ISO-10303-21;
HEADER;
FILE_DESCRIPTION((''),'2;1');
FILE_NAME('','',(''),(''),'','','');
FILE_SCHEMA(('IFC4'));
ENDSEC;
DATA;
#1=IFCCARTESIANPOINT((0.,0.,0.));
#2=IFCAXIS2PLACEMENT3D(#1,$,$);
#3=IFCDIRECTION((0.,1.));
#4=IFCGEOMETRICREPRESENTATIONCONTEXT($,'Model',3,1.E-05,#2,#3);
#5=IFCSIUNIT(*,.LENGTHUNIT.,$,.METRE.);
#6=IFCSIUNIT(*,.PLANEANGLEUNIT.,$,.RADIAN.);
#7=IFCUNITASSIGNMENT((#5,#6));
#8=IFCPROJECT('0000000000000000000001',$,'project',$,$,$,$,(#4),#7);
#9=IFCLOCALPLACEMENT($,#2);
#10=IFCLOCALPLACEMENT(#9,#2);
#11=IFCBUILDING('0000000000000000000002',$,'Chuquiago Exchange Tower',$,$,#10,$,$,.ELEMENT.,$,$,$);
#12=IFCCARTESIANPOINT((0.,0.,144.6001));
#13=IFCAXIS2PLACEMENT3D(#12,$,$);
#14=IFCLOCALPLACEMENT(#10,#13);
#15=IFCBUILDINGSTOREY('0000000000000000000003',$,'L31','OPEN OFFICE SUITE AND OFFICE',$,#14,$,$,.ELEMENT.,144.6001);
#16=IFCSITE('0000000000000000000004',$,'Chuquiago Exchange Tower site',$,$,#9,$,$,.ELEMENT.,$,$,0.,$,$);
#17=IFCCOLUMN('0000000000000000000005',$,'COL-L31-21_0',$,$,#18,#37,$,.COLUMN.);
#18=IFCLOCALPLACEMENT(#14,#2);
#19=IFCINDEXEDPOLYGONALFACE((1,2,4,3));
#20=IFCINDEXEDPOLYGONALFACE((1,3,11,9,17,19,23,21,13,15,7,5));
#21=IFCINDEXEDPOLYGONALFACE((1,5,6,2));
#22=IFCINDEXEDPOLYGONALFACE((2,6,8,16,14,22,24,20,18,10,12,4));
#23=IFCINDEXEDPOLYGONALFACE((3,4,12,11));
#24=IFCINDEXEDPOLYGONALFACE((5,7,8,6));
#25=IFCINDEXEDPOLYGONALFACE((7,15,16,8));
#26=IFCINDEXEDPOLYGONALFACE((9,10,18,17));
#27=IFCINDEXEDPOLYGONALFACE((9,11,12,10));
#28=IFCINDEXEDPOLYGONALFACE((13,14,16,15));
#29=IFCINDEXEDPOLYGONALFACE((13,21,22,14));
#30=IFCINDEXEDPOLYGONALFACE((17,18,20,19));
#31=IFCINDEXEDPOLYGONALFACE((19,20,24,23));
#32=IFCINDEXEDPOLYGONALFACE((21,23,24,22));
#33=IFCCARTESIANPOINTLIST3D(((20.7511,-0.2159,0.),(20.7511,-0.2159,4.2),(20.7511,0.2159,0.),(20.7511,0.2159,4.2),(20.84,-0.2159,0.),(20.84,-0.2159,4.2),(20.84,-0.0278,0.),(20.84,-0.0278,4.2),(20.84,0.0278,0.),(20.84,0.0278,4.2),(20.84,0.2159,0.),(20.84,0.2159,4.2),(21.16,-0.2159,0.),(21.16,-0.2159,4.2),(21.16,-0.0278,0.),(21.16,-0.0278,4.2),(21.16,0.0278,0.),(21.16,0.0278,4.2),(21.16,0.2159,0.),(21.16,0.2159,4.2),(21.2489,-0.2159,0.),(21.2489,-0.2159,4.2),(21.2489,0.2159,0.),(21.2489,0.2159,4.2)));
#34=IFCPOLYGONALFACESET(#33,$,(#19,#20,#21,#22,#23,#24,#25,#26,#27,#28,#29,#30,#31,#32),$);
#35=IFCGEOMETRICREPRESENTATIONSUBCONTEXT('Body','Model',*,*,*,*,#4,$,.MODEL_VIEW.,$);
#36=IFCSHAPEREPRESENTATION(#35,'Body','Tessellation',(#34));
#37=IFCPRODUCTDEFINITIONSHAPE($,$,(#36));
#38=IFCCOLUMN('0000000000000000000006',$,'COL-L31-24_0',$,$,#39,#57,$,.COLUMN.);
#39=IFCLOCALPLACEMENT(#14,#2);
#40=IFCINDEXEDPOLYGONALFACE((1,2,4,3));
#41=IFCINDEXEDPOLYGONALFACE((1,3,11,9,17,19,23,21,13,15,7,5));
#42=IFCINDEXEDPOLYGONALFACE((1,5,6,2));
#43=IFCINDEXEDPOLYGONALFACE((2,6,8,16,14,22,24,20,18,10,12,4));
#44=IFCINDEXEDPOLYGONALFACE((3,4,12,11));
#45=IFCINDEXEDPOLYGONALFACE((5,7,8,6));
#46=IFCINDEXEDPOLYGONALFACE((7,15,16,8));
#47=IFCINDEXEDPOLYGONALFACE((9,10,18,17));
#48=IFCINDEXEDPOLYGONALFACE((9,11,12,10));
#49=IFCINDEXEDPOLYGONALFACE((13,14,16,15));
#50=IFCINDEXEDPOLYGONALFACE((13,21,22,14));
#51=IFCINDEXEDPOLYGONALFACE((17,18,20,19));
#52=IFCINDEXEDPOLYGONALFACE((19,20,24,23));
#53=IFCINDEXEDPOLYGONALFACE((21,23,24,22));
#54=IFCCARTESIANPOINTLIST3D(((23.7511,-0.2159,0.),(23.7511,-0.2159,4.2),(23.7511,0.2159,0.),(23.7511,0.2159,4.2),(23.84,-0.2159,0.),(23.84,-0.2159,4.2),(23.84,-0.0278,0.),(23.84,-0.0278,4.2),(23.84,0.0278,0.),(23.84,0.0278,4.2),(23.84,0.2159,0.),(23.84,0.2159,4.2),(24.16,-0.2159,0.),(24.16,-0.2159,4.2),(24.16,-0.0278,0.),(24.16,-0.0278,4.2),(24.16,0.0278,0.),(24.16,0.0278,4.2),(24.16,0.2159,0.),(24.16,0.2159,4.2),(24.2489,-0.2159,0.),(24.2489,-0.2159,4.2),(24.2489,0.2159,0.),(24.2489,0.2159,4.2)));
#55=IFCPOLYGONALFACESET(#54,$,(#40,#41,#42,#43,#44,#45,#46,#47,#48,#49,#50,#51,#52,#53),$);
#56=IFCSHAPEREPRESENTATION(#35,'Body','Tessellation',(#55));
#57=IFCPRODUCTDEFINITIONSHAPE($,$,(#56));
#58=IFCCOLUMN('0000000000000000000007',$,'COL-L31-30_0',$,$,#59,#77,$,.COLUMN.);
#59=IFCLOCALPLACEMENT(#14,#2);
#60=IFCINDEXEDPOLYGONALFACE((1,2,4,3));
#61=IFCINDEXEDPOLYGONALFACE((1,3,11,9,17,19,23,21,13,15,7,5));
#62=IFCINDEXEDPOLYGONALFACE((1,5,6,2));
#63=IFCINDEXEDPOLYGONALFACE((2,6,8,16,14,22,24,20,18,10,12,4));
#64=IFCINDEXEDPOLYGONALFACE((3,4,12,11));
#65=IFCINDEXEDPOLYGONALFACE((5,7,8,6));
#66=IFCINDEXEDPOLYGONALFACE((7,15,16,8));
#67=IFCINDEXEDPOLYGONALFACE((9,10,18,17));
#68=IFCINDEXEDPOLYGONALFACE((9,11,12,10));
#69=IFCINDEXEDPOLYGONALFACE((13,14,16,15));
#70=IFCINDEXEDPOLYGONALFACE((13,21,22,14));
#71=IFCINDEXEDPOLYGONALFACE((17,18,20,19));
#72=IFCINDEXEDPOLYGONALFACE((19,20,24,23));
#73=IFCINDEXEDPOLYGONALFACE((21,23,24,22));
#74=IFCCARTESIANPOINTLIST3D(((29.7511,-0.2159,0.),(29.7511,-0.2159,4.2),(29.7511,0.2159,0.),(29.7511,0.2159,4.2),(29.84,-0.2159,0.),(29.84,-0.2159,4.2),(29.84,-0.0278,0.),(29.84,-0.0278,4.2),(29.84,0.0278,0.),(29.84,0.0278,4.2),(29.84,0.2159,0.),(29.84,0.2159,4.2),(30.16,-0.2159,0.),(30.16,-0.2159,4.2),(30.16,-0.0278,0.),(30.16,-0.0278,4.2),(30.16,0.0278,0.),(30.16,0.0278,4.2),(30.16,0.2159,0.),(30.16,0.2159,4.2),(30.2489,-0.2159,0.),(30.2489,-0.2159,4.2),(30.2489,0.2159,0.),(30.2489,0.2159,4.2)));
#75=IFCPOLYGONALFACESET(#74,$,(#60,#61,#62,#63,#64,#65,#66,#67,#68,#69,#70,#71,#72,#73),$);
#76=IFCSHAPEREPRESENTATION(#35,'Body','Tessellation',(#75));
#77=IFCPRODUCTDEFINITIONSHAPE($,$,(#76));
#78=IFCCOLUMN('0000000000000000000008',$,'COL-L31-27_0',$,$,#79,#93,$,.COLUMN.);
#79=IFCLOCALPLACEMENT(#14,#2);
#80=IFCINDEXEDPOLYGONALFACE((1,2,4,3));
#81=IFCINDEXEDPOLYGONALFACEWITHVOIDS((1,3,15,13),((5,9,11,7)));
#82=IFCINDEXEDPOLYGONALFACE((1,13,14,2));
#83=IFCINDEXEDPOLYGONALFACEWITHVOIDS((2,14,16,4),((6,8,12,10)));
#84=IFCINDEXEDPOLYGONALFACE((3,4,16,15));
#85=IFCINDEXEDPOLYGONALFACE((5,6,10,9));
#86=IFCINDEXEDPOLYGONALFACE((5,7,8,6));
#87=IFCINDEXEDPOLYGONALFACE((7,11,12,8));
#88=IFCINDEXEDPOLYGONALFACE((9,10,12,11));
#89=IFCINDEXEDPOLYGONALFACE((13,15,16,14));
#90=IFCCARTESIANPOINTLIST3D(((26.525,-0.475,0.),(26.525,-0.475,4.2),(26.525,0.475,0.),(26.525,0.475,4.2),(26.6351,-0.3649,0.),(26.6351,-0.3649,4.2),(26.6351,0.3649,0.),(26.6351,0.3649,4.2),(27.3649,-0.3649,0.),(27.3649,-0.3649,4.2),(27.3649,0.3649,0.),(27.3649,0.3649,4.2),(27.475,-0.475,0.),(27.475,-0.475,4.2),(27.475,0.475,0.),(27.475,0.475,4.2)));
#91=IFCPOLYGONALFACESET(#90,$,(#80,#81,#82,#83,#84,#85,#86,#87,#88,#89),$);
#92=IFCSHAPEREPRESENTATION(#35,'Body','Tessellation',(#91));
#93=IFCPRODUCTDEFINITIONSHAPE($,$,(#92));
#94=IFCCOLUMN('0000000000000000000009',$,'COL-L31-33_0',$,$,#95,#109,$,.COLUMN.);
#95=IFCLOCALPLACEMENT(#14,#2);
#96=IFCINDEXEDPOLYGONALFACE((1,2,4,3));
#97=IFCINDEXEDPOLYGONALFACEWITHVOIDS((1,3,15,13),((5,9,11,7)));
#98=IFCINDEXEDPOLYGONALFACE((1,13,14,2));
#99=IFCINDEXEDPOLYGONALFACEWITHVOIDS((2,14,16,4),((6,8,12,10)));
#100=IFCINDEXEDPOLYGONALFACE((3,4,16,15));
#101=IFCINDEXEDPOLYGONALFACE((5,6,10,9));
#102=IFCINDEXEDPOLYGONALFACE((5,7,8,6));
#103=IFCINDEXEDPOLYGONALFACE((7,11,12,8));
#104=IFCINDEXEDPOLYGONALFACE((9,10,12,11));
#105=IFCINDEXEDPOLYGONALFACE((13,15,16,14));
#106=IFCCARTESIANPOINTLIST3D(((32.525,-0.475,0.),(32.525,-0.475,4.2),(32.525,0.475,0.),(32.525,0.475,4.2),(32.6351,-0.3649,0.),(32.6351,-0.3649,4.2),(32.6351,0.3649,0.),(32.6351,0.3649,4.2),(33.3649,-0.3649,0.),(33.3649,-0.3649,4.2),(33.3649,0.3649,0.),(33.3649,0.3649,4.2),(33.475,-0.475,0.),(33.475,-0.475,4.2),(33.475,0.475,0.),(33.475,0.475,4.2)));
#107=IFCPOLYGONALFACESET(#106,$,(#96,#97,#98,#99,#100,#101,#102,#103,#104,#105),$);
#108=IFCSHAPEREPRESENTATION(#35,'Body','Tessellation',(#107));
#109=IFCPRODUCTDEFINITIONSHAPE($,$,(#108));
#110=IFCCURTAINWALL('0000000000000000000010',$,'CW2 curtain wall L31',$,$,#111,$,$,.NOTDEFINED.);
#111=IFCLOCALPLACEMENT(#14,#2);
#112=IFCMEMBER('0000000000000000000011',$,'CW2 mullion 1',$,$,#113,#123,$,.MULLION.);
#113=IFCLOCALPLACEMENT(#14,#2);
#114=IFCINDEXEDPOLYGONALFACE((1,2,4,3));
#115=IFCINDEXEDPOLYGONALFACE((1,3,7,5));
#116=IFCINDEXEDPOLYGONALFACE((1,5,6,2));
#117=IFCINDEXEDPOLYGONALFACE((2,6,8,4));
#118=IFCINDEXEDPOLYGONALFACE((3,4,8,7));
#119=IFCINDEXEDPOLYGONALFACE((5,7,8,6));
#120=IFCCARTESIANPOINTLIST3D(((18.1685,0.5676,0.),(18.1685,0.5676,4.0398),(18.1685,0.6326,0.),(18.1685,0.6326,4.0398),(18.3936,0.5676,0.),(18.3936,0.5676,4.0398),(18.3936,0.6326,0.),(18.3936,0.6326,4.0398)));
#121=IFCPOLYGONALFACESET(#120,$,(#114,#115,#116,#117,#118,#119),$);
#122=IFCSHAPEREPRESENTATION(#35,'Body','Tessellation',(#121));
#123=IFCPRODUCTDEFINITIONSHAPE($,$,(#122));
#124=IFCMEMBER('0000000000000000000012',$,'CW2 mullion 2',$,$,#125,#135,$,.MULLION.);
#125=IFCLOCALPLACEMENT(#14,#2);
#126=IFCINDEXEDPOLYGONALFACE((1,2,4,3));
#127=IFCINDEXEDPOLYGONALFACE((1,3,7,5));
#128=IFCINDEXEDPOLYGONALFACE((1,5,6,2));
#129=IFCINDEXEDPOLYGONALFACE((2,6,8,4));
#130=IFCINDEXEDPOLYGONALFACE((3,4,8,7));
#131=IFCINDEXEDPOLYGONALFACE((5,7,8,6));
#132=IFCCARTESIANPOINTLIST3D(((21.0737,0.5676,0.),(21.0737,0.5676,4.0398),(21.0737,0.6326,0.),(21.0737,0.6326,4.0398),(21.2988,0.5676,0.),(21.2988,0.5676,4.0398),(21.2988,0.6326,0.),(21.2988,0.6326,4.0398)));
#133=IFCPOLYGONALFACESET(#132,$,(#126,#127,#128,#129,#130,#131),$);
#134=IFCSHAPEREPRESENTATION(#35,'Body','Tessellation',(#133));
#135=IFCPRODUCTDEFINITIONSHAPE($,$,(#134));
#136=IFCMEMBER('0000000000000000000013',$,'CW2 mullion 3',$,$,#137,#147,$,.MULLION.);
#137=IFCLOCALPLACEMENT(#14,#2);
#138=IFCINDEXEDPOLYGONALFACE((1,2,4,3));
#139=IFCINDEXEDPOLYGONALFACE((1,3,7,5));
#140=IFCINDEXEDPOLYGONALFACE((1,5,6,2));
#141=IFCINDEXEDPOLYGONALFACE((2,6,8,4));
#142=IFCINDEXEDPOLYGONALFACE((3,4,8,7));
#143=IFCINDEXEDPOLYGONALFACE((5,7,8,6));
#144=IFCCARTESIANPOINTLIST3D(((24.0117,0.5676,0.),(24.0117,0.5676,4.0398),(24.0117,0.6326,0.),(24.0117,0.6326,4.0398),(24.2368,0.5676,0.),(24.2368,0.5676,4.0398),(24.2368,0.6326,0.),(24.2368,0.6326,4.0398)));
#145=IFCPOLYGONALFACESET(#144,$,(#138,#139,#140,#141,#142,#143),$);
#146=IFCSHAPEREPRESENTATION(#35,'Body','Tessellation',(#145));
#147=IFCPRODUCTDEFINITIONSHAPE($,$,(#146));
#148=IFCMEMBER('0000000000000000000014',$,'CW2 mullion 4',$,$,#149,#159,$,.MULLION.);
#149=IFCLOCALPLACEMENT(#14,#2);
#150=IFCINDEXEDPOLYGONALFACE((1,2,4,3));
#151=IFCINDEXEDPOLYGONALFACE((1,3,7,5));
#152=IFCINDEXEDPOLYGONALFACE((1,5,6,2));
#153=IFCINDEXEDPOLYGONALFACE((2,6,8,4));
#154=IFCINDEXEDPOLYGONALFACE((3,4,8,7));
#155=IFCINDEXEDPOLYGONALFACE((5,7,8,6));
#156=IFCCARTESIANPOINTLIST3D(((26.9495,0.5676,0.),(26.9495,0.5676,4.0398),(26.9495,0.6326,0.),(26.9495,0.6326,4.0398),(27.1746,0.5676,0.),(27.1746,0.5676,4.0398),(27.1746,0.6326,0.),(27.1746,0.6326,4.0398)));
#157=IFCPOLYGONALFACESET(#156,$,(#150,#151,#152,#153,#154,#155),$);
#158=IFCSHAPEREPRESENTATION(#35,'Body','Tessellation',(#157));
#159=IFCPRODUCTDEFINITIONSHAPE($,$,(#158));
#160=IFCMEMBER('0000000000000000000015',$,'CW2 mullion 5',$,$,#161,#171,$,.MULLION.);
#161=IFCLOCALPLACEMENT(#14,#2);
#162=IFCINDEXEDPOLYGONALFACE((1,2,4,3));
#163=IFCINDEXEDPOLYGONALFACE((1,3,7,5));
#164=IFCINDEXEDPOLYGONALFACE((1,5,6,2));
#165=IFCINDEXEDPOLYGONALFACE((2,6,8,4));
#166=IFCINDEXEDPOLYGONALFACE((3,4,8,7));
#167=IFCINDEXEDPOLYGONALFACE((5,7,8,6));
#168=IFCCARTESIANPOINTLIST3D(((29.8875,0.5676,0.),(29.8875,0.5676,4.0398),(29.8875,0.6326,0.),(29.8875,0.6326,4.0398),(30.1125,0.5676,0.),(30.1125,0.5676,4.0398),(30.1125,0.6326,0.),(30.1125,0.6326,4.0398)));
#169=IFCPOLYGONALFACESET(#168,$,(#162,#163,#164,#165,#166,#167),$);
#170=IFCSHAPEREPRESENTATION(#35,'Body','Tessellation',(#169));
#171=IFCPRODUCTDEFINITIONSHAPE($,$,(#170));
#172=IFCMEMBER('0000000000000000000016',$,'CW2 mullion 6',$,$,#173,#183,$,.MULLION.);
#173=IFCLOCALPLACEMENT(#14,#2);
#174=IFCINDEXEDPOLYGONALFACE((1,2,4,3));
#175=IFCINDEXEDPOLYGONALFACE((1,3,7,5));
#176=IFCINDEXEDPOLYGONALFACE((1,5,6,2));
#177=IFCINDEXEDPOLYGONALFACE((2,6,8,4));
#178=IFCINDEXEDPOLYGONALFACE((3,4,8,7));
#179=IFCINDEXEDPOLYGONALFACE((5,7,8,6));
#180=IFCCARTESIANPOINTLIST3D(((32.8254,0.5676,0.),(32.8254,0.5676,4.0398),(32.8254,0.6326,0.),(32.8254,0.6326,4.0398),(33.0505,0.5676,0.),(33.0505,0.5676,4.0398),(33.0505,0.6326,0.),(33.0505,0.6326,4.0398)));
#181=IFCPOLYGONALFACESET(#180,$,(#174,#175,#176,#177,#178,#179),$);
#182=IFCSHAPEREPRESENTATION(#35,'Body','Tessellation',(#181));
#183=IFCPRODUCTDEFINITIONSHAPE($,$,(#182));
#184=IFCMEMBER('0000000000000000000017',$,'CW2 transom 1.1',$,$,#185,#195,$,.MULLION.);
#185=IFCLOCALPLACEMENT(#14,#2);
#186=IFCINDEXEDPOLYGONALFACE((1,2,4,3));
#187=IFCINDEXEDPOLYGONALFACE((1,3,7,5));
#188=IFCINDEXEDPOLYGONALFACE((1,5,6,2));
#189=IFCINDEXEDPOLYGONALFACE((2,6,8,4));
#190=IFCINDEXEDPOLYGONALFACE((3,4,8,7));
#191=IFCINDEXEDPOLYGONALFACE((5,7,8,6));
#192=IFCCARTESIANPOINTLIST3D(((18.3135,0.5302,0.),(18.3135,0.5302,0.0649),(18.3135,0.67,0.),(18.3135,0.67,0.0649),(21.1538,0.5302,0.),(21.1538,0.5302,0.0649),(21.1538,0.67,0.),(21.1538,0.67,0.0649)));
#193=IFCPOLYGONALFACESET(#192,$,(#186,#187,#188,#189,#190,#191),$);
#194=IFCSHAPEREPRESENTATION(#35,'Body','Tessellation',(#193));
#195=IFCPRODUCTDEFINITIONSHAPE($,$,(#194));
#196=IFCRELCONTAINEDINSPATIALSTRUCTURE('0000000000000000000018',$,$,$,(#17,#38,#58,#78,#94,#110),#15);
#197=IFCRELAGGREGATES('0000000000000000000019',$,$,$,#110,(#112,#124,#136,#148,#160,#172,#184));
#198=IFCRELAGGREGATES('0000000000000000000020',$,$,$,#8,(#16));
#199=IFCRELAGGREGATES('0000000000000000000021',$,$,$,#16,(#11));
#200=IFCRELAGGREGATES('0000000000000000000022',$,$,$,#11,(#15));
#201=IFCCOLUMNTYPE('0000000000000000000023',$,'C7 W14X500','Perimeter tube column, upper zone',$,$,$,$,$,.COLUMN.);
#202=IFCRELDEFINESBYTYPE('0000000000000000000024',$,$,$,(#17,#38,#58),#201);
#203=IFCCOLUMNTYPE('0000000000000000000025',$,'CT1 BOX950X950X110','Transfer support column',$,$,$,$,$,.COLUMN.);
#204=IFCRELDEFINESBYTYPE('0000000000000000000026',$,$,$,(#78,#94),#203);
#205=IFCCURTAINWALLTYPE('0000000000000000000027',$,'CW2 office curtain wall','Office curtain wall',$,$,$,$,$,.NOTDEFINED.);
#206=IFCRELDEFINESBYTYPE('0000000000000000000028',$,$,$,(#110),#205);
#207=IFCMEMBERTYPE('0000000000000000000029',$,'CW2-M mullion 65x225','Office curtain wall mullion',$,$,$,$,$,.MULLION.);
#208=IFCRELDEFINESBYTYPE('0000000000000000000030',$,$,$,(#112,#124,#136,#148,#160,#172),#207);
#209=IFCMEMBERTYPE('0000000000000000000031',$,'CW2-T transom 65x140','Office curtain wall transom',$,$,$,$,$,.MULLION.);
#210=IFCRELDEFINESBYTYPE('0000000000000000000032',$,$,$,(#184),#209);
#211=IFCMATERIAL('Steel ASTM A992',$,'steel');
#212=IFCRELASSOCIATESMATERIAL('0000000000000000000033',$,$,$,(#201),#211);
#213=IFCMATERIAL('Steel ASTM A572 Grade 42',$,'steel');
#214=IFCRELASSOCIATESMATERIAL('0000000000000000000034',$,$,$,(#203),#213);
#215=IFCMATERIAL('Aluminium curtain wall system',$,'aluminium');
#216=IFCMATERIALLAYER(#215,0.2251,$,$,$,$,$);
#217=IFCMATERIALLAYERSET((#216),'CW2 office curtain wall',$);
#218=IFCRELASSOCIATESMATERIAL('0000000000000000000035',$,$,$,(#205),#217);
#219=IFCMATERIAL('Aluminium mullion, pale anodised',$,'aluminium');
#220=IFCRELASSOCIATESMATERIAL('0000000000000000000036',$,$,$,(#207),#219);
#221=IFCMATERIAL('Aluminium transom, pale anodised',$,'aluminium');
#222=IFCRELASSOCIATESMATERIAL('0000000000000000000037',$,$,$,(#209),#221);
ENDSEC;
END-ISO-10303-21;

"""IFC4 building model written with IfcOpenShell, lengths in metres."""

from ifc_helpers import new_model, si_unit, direction, frame, origin, origin_2d, place, context, subcontext, project, spatial, rectangle, hollow_rectangle, i_section, extrude, material, layer, layer_set, material_profile, profile_set, type_object, element, aggregate, save


model = new_model("IFC4")

# Units and contexts
model_context = context("Model", 3, precision=1e-05, world=origin(), true_north=direction((0.0, 1.0)))
body_context = subcontext(model_context, "Body", "Model", "MODEL_VIEW")
ifc_project = project(units=[si_unit("LENGTHUNIT", "METRE"), si_unit("PLANEANGLEUNIT", "RADIAN")], contexts=[model_context])

# Site, building, storey
site_placement = place(None, origin())
site = spatial("IfcSite", under=ifc_project, at=site_placement, Name="Chuquiago Exchange Tower site", CompositionType="ELEMENT", RefElevation=0.0)
building_placement = place(site_placement, origin())
building = spatial("IfcBuilding", under=site, at=building_placement, Name="Chuquiago Exchange Tower", CompositionType="ELEMENT")
storey_placement = place(building_placement, frame((0.0, 0.0, 144.6001)))
storey = spatial("IfcBuildingStorey", under=building, at=storey_placement, Name="L31", Description="OPEN OFFICE SUITE AND OFFICE", CompositionType="ELEMENT", Elevation=144.6001)

# Columns
ifc_material_1 = material(Name="Steel ASTM A992", Category="steel")
ifc_material_profile_1 = material_profile(ifc_material_1, i_section(OverallWidth=0.4319, OverallDepth=0.4978, WebThickness=0.0557, FlangeThickness=0.0889, at=origin_2d()), Name="W14X500")
ifc_profile_set_1 = profile_set([ifc_material_profile_1], Name="Steel ASTM A992")
column_type_1 = type_object("IfcColumnType", Name="C7 W14X500", Description="Perimeter tube column, upper zone", PredefinedType="COLUMN", material=ifc_profile_set_1)
for number, where, z_axis, x_axis, name in (
    (1, (21.0, 0.0, 0.0), (0.0, 0.0, 1.0), (0.0, -1.0, 0.0), "COL-L31-21_0"),
    (2, (24.0, 0.0, 0.0), (0.0, 0.0, 1.0), (0.0, -1.0, 0.0), "COL-L31-24_0"),
    (3, (30.0, 0.0, 0.0), (0.0, 0.0, 1.0), (0.0, -1.0, 0.0), "COL-L31-30_0"),
):
    element("IfcColumn", number, at=place(storey_placement, frame(where, z_axis=z_axis, x_axis=x_axis)), inside=storey, type_object=column_type_1, Name=name, PredefinedType="COLUMN", context=body_context, shape_type="SweptSolid", body=[
        extrude(i_section(OverallWidth=0.4319, OverallDepth=0.4978, WebThickness=0.0557, FlangeThickness=0.0889, at=origin_2d()), origin(), (0.0, 0.0, 1.0), 4.2),
    ])
ifc_material_2 = material(Name="Steel ASTM A572 Grade 42", Category="steel")
ifc_material_profile_2 = material_profile(ifc_material_2, hollow_rectangle(XDim=0.95, YDim=0.95, WallThickness=0.1101, at=origin_2d()), Name="BOX950X950X110")
ifc_profile_set_2 = profile_set([ifc_material_profile_2], Name="Steel ASTM A572 Grade 42")
column_type_2 = type_object("IfcColumnType", Name="CT1 BOX950X950X110", Description="Transfer support column", PredefinedType="COLUMN", material=ifc_profile_set_2)
for number, where, z_axis, x_axis, name in (
    (4, (27.0, 0.0, 0.0), (0.0, 0.0, 1.0), (0.0, -1.0, 0.0), "COL-L31-27_0"),
    (5, (33.0, 0.0, 0.0), (0.0, 0.0, 1.0), (0.0, -1.0, 0.0), "COL-L31-33_0"),
):
    element("IfcColumn", number, at=place(storey_placement, frame(where, z_axis=z_axis, x_axis=x_axis)), inside=storey, type_object=column_type_2, Name=name, PredefinedType="COLUMN", context=body_context, shape_type="SweptSolid", body=[
        extrude(hollow_rectangle(XDim=0.95, YDim=0.95, WallThickness=0.1101, at=origin_2d()), origin(), (0.0, 0.0, 1.0), 4.2),
    ])

# Curtain wall, members
ifc_material_3 = material(Name="Aluminium curtain wall system", Category="aluminium")
ifc_layer_1 = layer(ifc_material_3, 0.2251)
ifc_layer_set_1 = layer_set([ifc_layer_1], Name="CW2 office curtain wall")
curtain_wall_type_1 = type_object("IfcCurtainWallType", Name="CW2 office curtain wall", Description="Office curtain wall", PredefinedType="NOTDEFINED", material=ifc_layer_set_1)
curtain_wall_1_placement = place(storey_placement, origin())
curtain_wall_1 = element("IfcCurtainWall", 6, at=curtain_wall_1_placement, inside=storey, type_object=curtain_wall_type_1, Name="CW2 curtain wall L31", PredefinedType="NOTDEFINED")
ifc_material_4 = material(Name="Aluminium mullion, pale anodised", Category="aluminium")
ifc_material_profile_3 = material_profile(ifc_material_4, rectangle(XDim=0.0649, YDim=0.2251, at=origin_2d()), Name="AL 65x225")
ifc_profile_set_3 = profile_set([ifc_material_profile_3], Name="Aluminium mullion, pale anodised")
member_type_1 = type_object("IfcMemberType", Name="CW2-M mullion 65x225", Description="Office curtain wall mullion", PredefinedType="MULLION", material=ifc_profile_set_3)
member_1_placement = place(storey_placement, frame((18.281, 0.6001, 0.0), z_axis=(0.0, 0.0, 1.0), x_axis=(0.0, 1.0, 0.0)))
member_1 = element("IfcMember", 7, at=member_1_placement, type_object=member_type_1, Name="CW2 mullion 1", PredefinedType="MULLION", context=body_context, shape_type="SweptSolid", body=[
    extrude(rectangle(XDim=0.0649, YDim=0.2251, at=origin_2d()), origin(), (0.0, 0.0, 1.0), 4.0398),
])
member_2_placement = place(storey_placement, frame((21.1863, 0.6001, 0.0), z_axis=(0.0, 0.0, 1.0), x_axis=(0.0, 1.0, 0.0)))
member_2 = element("IfcMember", 8, at=member_2_placement, type_object=member_type_1, Name="CW2 mullion 2", PredefinedType="MULLION", context=body_context, shape_type="SweptSolid", body=[
    extrude(rectangle(XDim=0.0649, YDim=0.2251, at=origin_2d()), origin(), (0.0, 0.0, 1.0), 4.0398),
])
member_3_placement = place(storey_placement, frame((24.1243, 0.6001, 0.0), z_axis=(0.0, 0.0, 1.0), x_axis=(0.0, 1.0, 0.0)))
member_3 = element("IfcMember", 9, at=member_3_placement, type_object=member_type_1, Name="CW2 mullion 3", PredefinedType="MULLION", context=body_context, shape_type="SweptSolid", body=[
    extrude(rectangle(XDim=0.0649, YDim=0.2251, at=origin_2d()), origin(), (0.0, 0.0, 1.0), 4.0398),
])
member_4_placement = place(storey_placement, frame((27.062, 0.6001, 0.0), z_axis=(0.0, 0.0, 1.0), x_axis=(0.0, 1.0, 0.0)))
member_4 = element("IfcMember", 10, at=member_4_placement, type_object=member_type_1, Name="CW2 mullion 4", PredefinedType="MULLION", context=body_context, shape_type="SweptSolid", body=[
    extrude(rectangle(XDim=0.0649, YDim=0.2251, at=origin_2d()), origin(), (0.0, 0.0, 1.0), 4.0398),
])
member_5_placement = place(storey_placement, frame((30.0, 0.6001, 0.0), z_axis=(0.0, 0.0, 1.0), x_axis=(0.0, 1.0, 0.0)))
member_5 = element("IfcMember", 11, at=member_5_placement, type_object=member_type_1, Name="CW2 mullion 5", PredefinedType="MULLION", context=body_context, shape_type="SweptSolid", body=[
    extrude(rectangle(XDim=0.0649, YDim=0.2251, at=origin_2d()), origin(), (0.0, 0.0, 1.0), 4.0398),
])
member_6_placement = place(storey_placement, frame((32.938, 0.6001, 0.0), z_axis=(0.0, 0.0, 1.0), x_axis=(0.0, 1.0, 0.0)))
member_6 = element("IfcMember", 12, at=member_6_placement, type_object=member_type_1, Name="CW2 mullion 6", PredefinedType="MULLION", context=body_context, shape_type="SweptSolid", body=[
    extrude(rectangle(XDim=0.0649, YDim=0.2251, at=origin_2d()), origin(), (0.0, 0.0, 1.0), 4.0398),
])
ifc_material_5 = material(Name="Aluminium transom, pale anodised", Category="aluminium")
ifc_material_profile_4 = material_profile(ifc_material_5, rectangle(XDim=0.1399, YDim=0.0649, at=origin_2d()), Name="AL 140x65")
ifc_profile_set_4 = profile_set([ifc_material_profile_4], Name="Aluminium transom, pale anodised")
member_type_2 = type_object("IfcMemberType", Name="CW2-T transom 65x140", Description="Office curtain wall transom", PredefinedType="MULLION", material=ifc_profile_set_4)
member_7_placement = place(storey_placement, frame((18.3135, 0.6001, 0.0325), z_axis=(1.0, 0.0, 0.0), x_axis=(0.0, 1.0, 0.0)))
member_7 = element("IfcMember", 13, at=member_7_placement, type_object=member_type_2, Name="CW2 transom 1.1", PredefinedType="MULLION", context=body_context, shape_type="SweptSolid", body=[
    extrude(rectangle(XDim=0.1399, YDim=0.0649, at=origin_2d()), origin(), (0.0, 0.0, 1.0), 2.8403),
])

aggregate(curtain_wall_1, [member_1, member_2, member_3, member_4, member_5, member_6, member_7])

save(model, "model.ifc")
